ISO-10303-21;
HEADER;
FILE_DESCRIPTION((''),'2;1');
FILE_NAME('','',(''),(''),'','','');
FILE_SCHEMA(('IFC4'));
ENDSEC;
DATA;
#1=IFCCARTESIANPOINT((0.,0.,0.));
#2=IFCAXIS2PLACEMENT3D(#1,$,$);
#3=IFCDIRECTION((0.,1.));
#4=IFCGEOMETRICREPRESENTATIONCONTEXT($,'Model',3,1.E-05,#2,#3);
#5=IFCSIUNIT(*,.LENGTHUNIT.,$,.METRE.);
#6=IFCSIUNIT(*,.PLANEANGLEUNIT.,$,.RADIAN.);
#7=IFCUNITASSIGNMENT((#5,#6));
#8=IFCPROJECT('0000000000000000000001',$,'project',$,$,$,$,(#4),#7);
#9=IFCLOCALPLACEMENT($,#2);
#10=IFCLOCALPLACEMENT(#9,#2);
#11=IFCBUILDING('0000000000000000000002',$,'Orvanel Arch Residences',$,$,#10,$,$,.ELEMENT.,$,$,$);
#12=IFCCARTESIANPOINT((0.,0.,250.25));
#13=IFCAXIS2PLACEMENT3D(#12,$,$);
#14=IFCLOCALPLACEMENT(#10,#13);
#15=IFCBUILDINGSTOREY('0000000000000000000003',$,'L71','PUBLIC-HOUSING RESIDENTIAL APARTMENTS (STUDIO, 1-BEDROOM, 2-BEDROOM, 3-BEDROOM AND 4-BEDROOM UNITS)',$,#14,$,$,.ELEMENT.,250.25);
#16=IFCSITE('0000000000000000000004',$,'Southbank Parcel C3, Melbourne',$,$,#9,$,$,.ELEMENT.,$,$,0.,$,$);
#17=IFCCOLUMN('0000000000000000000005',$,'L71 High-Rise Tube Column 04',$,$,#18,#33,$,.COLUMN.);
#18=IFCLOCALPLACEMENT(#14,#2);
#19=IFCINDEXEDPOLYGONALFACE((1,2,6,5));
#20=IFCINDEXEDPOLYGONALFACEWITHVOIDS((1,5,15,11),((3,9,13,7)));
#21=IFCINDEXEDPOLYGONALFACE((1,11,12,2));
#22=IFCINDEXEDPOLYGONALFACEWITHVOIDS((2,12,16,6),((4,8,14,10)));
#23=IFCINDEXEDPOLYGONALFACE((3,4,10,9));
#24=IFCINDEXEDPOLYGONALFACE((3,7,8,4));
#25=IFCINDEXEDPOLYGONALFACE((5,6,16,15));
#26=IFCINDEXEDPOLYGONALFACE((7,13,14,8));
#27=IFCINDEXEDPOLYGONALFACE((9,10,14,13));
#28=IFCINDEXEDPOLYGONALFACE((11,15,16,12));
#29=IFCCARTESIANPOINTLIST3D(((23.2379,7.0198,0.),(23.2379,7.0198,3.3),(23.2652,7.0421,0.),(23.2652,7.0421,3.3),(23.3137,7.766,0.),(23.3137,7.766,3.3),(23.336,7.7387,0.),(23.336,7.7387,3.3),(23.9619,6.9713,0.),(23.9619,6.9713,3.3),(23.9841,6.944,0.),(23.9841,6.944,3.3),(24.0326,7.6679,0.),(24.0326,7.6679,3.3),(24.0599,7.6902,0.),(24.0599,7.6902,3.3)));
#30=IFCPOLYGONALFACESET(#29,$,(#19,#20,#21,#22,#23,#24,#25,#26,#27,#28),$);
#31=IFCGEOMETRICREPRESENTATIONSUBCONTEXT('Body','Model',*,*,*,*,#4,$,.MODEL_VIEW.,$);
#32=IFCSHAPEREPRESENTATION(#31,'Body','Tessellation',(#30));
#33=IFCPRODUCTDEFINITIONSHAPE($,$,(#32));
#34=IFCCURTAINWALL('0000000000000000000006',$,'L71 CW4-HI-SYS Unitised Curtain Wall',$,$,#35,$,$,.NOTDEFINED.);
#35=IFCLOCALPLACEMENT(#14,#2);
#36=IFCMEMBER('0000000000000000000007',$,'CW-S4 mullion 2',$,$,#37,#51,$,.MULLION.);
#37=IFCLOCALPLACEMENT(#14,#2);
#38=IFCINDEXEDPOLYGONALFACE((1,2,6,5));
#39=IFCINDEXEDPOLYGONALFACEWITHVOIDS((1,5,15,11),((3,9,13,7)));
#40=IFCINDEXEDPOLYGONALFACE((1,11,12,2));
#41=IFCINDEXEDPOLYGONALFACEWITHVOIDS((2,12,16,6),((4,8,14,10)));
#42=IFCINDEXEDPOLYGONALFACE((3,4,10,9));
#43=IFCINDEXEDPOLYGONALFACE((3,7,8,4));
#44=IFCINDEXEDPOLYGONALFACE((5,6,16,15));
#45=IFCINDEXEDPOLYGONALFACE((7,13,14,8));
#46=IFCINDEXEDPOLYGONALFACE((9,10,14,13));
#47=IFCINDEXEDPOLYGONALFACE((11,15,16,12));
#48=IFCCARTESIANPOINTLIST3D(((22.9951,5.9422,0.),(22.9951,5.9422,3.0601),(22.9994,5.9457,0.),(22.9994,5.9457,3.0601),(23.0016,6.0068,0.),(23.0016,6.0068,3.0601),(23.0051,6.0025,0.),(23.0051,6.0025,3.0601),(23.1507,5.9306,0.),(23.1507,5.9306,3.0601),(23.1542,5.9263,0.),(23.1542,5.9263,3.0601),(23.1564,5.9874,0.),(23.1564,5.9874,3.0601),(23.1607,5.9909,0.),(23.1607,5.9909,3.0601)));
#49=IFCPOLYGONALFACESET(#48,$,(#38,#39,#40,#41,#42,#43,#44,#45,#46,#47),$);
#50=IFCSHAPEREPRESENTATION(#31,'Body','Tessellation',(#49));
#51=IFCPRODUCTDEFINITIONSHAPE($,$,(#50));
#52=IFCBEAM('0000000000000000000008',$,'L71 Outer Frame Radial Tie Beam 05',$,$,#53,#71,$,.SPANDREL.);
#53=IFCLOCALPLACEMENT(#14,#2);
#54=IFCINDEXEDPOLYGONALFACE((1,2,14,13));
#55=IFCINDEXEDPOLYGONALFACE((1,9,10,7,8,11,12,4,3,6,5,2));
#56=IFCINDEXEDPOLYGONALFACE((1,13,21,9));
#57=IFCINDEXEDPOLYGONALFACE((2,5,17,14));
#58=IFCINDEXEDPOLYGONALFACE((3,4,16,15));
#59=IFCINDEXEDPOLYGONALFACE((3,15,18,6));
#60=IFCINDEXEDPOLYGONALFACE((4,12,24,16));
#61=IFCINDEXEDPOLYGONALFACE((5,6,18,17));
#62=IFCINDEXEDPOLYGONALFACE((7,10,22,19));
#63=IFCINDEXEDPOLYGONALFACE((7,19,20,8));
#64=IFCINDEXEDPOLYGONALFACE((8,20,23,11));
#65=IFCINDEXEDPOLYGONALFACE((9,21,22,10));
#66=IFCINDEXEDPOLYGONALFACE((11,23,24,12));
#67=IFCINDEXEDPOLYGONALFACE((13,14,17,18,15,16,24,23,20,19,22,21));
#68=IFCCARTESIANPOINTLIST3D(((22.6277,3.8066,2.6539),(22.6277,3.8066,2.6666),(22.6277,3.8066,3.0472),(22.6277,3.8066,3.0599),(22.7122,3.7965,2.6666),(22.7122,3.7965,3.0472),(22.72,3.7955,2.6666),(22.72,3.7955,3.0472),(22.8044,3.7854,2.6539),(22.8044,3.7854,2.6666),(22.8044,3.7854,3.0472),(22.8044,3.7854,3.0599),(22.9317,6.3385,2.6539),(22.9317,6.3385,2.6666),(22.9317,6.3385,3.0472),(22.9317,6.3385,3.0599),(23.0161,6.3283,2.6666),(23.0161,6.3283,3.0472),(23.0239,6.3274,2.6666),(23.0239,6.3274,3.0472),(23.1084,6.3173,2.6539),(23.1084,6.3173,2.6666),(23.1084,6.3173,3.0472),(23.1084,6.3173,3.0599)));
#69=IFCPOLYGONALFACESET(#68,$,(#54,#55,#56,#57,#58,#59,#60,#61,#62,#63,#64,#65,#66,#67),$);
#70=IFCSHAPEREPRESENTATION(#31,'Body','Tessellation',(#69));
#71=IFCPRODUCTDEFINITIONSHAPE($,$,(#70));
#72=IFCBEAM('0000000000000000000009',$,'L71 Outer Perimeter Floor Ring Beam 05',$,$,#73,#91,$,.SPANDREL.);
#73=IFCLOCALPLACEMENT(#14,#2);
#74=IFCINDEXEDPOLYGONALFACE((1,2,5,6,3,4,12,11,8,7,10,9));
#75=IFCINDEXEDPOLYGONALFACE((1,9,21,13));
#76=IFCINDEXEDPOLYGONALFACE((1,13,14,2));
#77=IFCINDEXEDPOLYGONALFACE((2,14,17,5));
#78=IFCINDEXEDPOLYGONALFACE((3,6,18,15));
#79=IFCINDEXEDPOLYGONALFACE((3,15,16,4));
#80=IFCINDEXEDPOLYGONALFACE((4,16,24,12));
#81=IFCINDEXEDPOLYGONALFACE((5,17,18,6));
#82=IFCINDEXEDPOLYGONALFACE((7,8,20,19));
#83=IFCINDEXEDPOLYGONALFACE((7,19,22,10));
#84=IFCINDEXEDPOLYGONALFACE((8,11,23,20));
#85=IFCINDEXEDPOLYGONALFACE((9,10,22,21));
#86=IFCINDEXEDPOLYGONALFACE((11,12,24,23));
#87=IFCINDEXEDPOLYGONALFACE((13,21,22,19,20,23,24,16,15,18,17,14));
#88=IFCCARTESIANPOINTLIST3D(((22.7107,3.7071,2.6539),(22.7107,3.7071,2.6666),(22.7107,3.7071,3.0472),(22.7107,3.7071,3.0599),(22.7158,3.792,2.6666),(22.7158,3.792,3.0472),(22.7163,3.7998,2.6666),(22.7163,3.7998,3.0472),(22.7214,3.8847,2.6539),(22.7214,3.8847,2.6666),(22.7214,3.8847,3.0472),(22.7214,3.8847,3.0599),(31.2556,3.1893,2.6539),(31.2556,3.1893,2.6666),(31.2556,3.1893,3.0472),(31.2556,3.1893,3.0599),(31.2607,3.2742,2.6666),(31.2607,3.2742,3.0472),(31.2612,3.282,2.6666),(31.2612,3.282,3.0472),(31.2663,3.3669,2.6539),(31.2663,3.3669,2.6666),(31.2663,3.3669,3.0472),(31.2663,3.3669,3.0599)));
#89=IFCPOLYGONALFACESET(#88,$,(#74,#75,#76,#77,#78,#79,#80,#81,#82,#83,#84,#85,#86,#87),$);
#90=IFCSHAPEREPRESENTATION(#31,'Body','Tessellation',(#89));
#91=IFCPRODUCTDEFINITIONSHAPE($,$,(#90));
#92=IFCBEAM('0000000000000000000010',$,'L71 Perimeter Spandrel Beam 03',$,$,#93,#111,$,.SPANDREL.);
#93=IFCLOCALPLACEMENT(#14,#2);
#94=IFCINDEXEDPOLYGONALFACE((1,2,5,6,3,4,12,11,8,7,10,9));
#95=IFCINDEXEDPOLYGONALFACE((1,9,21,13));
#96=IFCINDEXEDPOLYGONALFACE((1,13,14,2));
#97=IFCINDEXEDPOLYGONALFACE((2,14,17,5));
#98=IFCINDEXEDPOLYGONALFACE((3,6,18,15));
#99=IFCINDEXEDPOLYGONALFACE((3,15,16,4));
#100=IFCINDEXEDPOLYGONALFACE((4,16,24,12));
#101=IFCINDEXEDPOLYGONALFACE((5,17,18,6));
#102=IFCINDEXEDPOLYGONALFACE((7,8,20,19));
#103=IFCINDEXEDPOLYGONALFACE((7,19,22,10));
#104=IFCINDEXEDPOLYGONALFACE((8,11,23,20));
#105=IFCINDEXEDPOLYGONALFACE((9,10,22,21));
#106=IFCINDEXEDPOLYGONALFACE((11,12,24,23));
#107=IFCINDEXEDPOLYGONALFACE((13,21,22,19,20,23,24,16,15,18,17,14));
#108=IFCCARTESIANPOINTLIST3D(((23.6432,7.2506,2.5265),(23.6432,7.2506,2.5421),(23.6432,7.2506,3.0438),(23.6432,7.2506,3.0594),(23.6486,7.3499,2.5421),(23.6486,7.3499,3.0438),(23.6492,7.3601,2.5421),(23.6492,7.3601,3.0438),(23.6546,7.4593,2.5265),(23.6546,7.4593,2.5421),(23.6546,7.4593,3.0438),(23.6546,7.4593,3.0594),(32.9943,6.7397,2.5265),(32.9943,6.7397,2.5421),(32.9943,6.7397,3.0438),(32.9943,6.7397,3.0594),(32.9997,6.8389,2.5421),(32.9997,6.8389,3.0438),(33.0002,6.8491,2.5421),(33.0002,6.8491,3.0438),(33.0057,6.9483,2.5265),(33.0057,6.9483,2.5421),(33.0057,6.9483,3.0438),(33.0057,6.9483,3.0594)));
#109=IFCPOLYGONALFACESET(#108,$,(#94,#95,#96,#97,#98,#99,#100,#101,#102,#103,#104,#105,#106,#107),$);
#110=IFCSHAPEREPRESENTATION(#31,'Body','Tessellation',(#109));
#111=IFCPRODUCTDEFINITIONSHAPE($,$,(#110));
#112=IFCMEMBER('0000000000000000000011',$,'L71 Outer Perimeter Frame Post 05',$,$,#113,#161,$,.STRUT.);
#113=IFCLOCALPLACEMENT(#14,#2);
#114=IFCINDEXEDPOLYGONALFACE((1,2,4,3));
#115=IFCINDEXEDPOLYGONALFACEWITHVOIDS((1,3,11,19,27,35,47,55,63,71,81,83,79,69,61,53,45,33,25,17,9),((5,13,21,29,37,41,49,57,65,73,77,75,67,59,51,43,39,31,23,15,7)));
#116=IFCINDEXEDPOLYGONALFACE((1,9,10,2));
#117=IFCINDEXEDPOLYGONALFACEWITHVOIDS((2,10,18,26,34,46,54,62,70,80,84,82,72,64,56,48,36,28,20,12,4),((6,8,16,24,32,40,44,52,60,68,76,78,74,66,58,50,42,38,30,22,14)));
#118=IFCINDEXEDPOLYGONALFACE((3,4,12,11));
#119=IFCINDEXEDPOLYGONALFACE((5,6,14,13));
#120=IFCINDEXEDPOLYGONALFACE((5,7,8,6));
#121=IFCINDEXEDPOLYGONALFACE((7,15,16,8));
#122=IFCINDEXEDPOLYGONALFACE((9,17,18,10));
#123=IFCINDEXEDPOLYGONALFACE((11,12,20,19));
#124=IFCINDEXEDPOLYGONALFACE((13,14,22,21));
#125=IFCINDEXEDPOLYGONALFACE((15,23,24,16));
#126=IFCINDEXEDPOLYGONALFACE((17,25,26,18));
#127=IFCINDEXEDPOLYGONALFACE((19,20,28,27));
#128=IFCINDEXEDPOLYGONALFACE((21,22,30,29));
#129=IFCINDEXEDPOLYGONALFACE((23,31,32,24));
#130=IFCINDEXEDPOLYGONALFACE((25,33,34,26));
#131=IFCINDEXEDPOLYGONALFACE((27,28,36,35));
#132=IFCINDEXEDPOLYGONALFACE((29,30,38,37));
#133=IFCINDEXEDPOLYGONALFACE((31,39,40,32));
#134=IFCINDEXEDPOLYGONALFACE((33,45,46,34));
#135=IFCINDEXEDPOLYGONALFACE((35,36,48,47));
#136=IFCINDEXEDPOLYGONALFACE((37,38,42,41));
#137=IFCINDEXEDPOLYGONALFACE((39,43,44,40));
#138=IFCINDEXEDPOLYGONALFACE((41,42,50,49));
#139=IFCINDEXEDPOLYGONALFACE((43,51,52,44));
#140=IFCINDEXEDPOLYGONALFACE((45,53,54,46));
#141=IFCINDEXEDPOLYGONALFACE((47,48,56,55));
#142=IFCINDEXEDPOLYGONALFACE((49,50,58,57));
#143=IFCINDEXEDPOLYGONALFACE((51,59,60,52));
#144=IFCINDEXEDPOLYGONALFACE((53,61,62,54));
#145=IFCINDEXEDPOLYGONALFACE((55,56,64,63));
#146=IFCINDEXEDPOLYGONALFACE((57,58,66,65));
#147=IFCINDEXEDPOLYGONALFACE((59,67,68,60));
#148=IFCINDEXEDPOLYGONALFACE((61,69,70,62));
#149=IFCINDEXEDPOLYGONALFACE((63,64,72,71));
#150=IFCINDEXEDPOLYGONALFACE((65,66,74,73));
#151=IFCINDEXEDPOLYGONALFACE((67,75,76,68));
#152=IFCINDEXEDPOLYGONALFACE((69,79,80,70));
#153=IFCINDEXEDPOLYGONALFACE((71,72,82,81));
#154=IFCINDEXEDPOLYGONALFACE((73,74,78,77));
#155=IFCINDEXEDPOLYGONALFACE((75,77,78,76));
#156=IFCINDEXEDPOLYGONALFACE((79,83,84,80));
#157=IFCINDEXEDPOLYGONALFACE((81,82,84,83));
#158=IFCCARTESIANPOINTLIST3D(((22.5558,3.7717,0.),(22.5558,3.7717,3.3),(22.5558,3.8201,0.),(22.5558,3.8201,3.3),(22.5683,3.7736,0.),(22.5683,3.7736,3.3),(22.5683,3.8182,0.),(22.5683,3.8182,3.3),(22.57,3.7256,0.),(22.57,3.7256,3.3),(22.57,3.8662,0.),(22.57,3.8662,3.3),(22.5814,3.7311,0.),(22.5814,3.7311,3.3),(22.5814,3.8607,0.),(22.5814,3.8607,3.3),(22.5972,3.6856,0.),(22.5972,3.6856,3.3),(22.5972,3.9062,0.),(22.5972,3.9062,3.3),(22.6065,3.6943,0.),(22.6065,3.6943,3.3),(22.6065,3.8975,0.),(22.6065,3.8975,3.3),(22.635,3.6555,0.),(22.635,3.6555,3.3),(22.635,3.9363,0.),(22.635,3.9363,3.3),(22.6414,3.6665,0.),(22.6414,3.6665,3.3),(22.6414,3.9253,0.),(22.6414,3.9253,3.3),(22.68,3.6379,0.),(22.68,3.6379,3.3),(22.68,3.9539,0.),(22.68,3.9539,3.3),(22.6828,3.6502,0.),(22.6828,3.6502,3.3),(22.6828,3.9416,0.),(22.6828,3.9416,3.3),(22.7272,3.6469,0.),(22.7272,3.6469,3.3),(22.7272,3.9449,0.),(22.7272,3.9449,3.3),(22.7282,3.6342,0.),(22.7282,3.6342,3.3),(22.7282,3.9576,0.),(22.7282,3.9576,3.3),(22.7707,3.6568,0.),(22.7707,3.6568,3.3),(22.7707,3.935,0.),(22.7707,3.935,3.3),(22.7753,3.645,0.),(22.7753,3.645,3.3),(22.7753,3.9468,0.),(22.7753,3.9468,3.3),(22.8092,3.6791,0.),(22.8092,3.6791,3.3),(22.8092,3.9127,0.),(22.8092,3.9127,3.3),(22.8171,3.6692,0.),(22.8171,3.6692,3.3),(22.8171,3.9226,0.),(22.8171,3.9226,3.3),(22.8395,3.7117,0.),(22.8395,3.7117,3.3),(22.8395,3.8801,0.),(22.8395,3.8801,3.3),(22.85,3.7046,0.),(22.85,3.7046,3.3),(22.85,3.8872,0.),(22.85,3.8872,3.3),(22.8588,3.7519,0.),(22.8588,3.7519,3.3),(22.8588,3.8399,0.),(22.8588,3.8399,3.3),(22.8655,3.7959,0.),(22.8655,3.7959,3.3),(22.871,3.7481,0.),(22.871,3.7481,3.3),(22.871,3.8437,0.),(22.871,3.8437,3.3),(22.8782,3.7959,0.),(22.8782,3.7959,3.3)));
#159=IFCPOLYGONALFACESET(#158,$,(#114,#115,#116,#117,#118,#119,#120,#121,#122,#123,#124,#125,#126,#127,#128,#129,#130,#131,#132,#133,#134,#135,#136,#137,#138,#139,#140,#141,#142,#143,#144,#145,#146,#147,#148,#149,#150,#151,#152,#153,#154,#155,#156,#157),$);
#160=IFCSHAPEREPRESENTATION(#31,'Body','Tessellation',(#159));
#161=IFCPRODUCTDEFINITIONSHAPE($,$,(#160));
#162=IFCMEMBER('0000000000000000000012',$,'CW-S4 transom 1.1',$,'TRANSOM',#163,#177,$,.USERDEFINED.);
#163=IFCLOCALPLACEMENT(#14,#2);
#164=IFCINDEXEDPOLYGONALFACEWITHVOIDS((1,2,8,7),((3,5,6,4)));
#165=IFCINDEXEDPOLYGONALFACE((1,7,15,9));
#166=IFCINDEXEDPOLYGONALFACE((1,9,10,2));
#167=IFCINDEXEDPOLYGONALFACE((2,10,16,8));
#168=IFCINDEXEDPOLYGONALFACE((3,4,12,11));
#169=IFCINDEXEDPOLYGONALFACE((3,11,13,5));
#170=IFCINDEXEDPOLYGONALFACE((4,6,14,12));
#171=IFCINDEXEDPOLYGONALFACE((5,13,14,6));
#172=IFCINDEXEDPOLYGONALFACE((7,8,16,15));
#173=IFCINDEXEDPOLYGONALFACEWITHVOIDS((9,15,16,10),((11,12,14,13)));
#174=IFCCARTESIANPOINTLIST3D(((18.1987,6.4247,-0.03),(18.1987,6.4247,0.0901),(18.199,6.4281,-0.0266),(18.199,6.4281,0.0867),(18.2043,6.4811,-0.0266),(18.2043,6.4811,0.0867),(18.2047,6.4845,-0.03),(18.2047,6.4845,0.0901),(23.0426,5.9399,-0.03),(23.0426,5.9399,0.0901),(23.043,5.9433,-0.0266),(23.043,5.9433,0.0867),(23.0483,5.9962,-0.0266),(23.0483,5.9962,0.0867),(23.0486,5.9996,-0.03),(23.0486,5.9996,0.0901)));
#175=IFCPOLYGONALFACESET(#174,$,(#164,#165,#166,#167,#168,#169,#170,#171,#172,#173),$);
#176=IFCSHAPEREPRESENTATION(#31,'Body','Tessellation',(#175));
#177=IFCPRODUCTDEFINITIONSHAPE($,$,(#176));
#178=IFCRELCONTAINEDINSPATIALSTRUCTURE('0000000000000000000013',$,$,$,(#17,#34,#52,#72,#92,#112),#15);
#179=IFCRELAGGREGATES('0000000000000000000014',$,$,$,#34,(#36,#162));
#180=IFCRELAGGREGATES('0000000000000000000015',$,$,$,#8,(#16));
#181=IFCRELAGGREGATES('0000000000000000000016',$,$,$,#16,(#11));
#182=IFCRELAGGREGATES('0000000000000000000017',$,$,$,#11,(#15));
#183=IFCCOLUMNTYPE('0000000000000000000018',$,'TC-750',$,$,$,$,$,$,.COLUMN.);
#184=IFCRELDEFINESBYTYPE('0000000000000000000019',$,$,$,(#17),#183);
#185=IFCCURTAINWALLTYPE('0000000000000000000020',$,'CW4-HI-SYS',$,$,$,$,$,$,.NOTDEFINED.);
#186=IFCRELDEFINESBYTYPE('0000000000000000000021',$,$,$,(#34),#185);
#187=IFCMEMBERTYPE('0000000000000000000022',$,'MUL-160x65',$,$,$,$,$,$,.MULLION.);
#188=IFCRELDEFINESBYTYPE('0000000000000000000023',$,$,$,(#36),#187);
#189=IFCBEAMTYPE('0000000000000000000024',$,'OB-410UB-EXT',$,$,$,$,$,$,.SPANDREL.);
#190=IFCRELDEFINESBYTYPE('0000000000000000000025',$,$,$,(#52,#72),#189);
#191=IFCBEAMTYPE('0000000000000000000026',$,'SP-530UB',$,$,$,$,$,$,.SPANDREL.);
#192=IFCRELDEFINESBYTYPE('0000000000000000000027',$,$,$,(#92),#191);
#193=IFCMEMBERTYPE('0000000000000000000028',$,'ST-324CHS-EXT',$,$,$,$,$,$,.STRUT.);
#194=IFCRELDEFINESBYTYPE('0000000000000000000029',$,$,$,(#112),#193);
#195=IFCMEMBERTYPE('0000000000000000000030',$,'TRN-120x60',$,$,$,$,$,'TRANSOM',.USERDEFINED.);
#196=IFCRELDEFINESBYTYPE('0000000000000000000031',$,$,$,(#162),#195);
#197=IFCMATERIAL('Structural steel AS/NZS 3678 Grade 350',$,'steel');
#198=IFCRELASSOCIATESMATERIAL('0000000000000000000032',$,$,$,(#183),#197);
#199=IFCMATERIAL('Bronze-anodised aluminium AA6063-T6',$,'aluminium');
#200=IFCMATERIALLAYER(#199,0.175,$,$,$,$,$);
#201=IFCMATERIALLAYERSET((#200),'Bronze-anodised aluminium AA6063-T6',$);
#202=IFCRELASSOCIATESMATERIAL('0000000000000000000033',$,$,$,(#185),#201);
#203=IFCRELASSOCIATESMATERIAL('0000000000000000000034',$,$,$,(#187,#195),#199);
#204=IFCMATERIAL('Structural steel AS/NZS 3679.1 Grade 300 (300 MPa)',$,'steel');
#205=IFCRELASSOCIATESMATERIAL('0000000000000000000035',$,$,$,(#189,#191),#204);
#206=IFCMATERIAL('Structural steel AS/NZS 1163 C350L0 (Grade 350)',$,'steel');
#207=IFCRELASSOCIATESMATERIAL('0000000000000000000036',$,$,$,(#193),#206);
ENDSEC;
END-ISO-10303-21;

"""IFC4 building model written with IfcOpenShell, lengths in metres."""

from ifc_helpers import new_model, si_unit, direction, frame, origin, origin_2d, place, context, subcontext, project, spatial, hollow_rectangle, hollow_circle, i_section, extrude, material, layer, layer_set, material_profile, profile_set, type_object, element, aggregate, save


model = new_model("IFC4")

# Units and contexts
model_context = context("Model", 3, precision=1e-05, world=origin(), true_north=direction((0.0, 1.0)))
body_context = subcontext(model_context, "Body", "Model", "MODEL_VIEW")
ifc_project = project(units=[si_unit("LENGTHUNIT", "METRE"), si_unit("PLANEANGLEUNIT", "RADIAN")], contexts=[model_context])

# Site, building, storey
site_placement = place(None, origin())
site = spatial("IfcSite", under=ifc_project, at=site_placement, Name="Southbank Parcel C3, Melbourne", CompositionType="ELEMENT", RefElevation=0.0)
building_placement = place(site_placement, origin())
building = spatial("IfcBuilding", under=site, at=building_placement, Name="Orvanel Arch Residences", CompositionType="ELEMENT")
storey_placement = place(building_placement, frame((0.0, 0.0, 250.25)))
storey = spatial("IfcBuildingStorey", under=building, at=storey_placement, Name="L71", Description="PUBLIC-HOUSING RESIDENTIAL APARTMENTS (STUDIO, 1-BEDROOM, 2-BEDROOM, 3-BEDROOM AND 4-BEDROOM UNITS)", CompositionType="ELEMENT", Elevation=250.25)

# Column
ifc_material_1 = material(Name="Structural steel AS/NZS 3678 Grade 350", Category="steel")
ifc_material_profile_1 = material_profile(ifc_material_1, hollow_rectangle(XDim=0.75, YDim=0.75, WallThickness=0.0249, at=origin_2d()), Name="BOX750x750x25")
ifc_profile_set_1 = profile_set([ifc_material_profile_1], Name="Structural steel AS/NZS 3678 Grade 350")
column_type = type_object("IfcColumnType", Name="TC-750", PredefinedType="COLUMN", material=ifc_profile_set_1)
column_placement = place(storey_placement, frame((23.6489, 7.355, 0.0), z_axis=(0.0, 0.0, 1.0), x_axis=(-0.994881, 0.101056, 0.0)))
element("IfcColumn", 1, at=column_placement, inside=storey, type_object=column_type, Name="L71 High-Rise Tube Column 04", PredefinedType="COLUMN", context=body_context, shape_type="SweptSolid", body=[
    extrude(hollow_rectangle(XDim=0.75, YDim=0.75, WallThickness=0.0249, at=origin_2d()), origin(), (0.0, 0.0, 1.0), 3.3),
])

# Curtain wall, member
ifc_material_2 = material(Name="Bronze-anodised aluminium AA6063-T6", Category="aluminium")
ifc_layer_1 = layer(ifc_material_2, 0.175)
ifc_layer_set_1 = layer_set([ifc_layer_1], Name="Bronze-anodised aluminium AA6063-T6")
curtain_wall_type = type_object("IfcCurtainWallType", Name="CW4-HI-SYS", PredefinedType="NOTDEFINED", material=ifc_layer_set_1)
curtain_wall_placement = place(storey_placement, origin())
curtain_wall = element("IfcCurtainWall", 2, at=curtain_wall_placement, inside=storey, type_object=curtain_wall_type, Name="L71 CW4-HI-SYS Unitised Curtain Wall", PredefinedType="NOTDEFINED")
ifc_material_profile_2 = material_profile(ifc_material_2, hollow_rectangle(XDim=0.0649, YDim=0.1599, WallThickness=0.0039, at=origin_2d()), Name="ALU160x65x4")
ifc_profile_set_2 = profile_set([ifc_material_profile_2], Name="Bronze-anodised aluminium AA6063-T6")
member_type_1 = type_object("IfcMemberType", Name="MUL-160x65", PredefinedType="MULLION", material=ifc_profile_set_2)
member_1_placement = place(storey_placement, frame((23.0779, 5.9666, 0.0), z_axis=(0.0, 0.0, 1.0), x_axis=(0.099583, 0.995029, 0.0)))
member_1 = element("IfcMember", 3, at=member_1_placement, type_object=member_type_1, Name="CW-S4 mullion 2", PredefinedType="MULLION", context=body_context, shape_type="SweptSolid", body=[
    extrude(hollow_rectangle(XDim=0.0649, YDim=0.1599, WallThickness=0.0039, at=origin_2d()), origin(), (0.0, 0.0, 1.0), 3.0601),
])

# Beams
ifc_material_3 = material(Name="Structural steel AS/NZS 3679.1 Grade 300 (300 MPa)", Category="steel")
ifc_material_profile_3 = material_profile(ifc_material_3, i_section(OverallWidth=0.178, OverallDepth=0.406, WebThickness=0.0078, FlangeThickness=0.0127, at=origin_2d()), Name="410UB59.7")
ifc_profile_set_3 = profile_set([ifc_material_profile_3], Name="Structural steel AS/NZS 3679.1 Grade 300 (300 MPa)")
beam_type_1 = type_object("IfcBeamType", Name="OB-410UB-EXT", PredefinedType="SPANDREL", material=ifc_profile_set_3)
beam_1_placement = place(storey_placement, frame((23.02, 6.3279, 2.8569), z_axis=(-0.119191, -0.992871, 0.0), x_axis=(0.992871, -0.119191, 0.0)))
element("IfcBeam", 4, at=beam_1_placement, inside=storey, type_object=beam_type_1, Name="L71 Outer Frame Radial Tie Beam 05", PredefinedType="SPANDREL", context=body_context, shape_type="SweptSolid", body=[
    extrude(i_section(OverallWidth=0.178, OverallDepth=0.406, WebThickness=0.0078, FlangeThickness=0.0127, at=origin_2d()), origin(), (0.0, 0.0, 1.0), 2.55),
])
beam_2_placement = place(storey_placement, frame((22.7161, 3.7959, 2.8569), z_axis=(0.998169, -0.060489, 0.0), x_axis=(0.060489, 0.998169, 0.0)))
element("IfcBeam", 5, at=beam_2_placement, inside=storey, type_object=beam_type_1, Name="L71 Outer Perimeter Floor Ring Beam 05", PredefinedType="SPANDREL", context=body_context, shape_type="SweptSolid", body=[
    extrude(i_section(OverallWidth=0.178, OverallDepth=0.406, WebThickness=0.0078, FlangeThickness=0.0127, at=origin_2d()), origin(), (0.0, 0.0, 1.0), 8.5605),
])
ifc_material_profile_4 = material_profile(ifc_material_3, i_section(OverallWidth=0.209, OverallDepth=0.533, WebThickness=0.0103, FlangeThickness=0.0156, at=origin_2d()), Name="530UB92.4")
ifc_profile_set_4 = profile_set([ifc_material_profile_4], Name="Structural steel AS/NZS 3679.1 Grade 300 (300 MPa)")
beam_type_2 = type_object("IfcBeamType", Name="SP-530UB", PredefinedType="SPANDREL", material=ifc_profile_set_4)
beam_3_placement = place(storey_placement, frame((23.6489, 7.355, 2.793), z_axis=(0.99851, -0.054563, 0.0), x_axis=(0.054563, 0.99851, 0.0)))
element("IfcBeam", 6, at=beam_3_placement, inside=storey, type_object=beam_type_2, Name="L71 Perimeter Spandrel Beam 03", PredefinedType="SPANDREL", context=body_context, shape_type="SweptSolid", body=[
    extrude(i_section(OverallWidth=0.209, OverallDepth=0.533, WebThickness=0.0103, FlangeThickness=0.0156, at=origin_2d()), origin(), (0.0, 0.0, 1.0), 9.365),
])

# Members
ifc_material_4 = material(Name="Structural steel AS/NZS 1163 C350L0 (Grade 350)", Category="steel")
ifc_material_profile_5 = material_profile(ifc_material_4, hollow_circle(Radius=0.1621, WallThickness=0.0127, at=origin_2d()), Name="CHS324x12.7")
ifc_profile_set_5 = profile_set([ifc_material_profile_5], Name="Structural steel AS/NZS 1163 C350L0 (Grade 350)")
member_type_2 = type_object("IfcMemberType", Name="ST-324CHS-EXT", PredefinedType="STRUT", material=ifc_profile_set_5)
member_2_placement = place(storey_placement, frame((22.7161, 3.7959, 0.0), z_axis=(0.0, 0.0, 1.0), x_axis=(1.0, 0.0, 0.0)))
element("IfcMember", 7, at=member_2_placement, inside=storey, type_object=member_type_2, Name="L71 Outer Perimeter Frame Post 05", PredefinedType="STRUT", context=body_context, shape_type="SweptSolid", body=[
    extrude(hollow_circle(Radius=0.1621, WallThickness=0.0127, at=origin_2d()), origin(), (0.0, 0.0, 1.0), 3.3),
])
ifc_material_profile_6 = material_profile(ifc_material_2, hollow_rectangle(XDim=0.0601, YDim=0.1201, WallThickness=0.0034, at=origin_2d()), Name="ALU120x60x3.5")
ifc_profile_set_6 = profile_set([ifc_material_profile_6], Name="Bronze-anodised aluminium AA6063-T6")
member_type_3 = type_object("IfcMemberType", Name="TRN-120x60", ElementType="TRANSOM", PredefinedType="USERDEFINED", material=ifc_profile_set_6)
member_3_placement = place(storey_placement, frame((18.2017, 6.4546, 0.03), z_axis=(0.995028, -0.099598, 0.0), x_axis=(0.099598, 0.995028, 0.0)))
member_3 = element("IfcMember", 8, at=member_3_placement, type_object=member_type_3, Name="CW-S4 transom 1.1", ObjectType="TRANSOM", PredefinedType="USERDEFINED", context=body_context, shape_type="SweptSolid", body=[
    extrude(hollow_rectangle(XDim=0.0601, YDim=0.1201, WallThickness=0.0034, at=origin_2d()), origin(), (0.0, 0.0, 1.0), 4.8682),
])

aggregate(curtain_wall, [member_1, member_3])

save(model, "model.ifc")
